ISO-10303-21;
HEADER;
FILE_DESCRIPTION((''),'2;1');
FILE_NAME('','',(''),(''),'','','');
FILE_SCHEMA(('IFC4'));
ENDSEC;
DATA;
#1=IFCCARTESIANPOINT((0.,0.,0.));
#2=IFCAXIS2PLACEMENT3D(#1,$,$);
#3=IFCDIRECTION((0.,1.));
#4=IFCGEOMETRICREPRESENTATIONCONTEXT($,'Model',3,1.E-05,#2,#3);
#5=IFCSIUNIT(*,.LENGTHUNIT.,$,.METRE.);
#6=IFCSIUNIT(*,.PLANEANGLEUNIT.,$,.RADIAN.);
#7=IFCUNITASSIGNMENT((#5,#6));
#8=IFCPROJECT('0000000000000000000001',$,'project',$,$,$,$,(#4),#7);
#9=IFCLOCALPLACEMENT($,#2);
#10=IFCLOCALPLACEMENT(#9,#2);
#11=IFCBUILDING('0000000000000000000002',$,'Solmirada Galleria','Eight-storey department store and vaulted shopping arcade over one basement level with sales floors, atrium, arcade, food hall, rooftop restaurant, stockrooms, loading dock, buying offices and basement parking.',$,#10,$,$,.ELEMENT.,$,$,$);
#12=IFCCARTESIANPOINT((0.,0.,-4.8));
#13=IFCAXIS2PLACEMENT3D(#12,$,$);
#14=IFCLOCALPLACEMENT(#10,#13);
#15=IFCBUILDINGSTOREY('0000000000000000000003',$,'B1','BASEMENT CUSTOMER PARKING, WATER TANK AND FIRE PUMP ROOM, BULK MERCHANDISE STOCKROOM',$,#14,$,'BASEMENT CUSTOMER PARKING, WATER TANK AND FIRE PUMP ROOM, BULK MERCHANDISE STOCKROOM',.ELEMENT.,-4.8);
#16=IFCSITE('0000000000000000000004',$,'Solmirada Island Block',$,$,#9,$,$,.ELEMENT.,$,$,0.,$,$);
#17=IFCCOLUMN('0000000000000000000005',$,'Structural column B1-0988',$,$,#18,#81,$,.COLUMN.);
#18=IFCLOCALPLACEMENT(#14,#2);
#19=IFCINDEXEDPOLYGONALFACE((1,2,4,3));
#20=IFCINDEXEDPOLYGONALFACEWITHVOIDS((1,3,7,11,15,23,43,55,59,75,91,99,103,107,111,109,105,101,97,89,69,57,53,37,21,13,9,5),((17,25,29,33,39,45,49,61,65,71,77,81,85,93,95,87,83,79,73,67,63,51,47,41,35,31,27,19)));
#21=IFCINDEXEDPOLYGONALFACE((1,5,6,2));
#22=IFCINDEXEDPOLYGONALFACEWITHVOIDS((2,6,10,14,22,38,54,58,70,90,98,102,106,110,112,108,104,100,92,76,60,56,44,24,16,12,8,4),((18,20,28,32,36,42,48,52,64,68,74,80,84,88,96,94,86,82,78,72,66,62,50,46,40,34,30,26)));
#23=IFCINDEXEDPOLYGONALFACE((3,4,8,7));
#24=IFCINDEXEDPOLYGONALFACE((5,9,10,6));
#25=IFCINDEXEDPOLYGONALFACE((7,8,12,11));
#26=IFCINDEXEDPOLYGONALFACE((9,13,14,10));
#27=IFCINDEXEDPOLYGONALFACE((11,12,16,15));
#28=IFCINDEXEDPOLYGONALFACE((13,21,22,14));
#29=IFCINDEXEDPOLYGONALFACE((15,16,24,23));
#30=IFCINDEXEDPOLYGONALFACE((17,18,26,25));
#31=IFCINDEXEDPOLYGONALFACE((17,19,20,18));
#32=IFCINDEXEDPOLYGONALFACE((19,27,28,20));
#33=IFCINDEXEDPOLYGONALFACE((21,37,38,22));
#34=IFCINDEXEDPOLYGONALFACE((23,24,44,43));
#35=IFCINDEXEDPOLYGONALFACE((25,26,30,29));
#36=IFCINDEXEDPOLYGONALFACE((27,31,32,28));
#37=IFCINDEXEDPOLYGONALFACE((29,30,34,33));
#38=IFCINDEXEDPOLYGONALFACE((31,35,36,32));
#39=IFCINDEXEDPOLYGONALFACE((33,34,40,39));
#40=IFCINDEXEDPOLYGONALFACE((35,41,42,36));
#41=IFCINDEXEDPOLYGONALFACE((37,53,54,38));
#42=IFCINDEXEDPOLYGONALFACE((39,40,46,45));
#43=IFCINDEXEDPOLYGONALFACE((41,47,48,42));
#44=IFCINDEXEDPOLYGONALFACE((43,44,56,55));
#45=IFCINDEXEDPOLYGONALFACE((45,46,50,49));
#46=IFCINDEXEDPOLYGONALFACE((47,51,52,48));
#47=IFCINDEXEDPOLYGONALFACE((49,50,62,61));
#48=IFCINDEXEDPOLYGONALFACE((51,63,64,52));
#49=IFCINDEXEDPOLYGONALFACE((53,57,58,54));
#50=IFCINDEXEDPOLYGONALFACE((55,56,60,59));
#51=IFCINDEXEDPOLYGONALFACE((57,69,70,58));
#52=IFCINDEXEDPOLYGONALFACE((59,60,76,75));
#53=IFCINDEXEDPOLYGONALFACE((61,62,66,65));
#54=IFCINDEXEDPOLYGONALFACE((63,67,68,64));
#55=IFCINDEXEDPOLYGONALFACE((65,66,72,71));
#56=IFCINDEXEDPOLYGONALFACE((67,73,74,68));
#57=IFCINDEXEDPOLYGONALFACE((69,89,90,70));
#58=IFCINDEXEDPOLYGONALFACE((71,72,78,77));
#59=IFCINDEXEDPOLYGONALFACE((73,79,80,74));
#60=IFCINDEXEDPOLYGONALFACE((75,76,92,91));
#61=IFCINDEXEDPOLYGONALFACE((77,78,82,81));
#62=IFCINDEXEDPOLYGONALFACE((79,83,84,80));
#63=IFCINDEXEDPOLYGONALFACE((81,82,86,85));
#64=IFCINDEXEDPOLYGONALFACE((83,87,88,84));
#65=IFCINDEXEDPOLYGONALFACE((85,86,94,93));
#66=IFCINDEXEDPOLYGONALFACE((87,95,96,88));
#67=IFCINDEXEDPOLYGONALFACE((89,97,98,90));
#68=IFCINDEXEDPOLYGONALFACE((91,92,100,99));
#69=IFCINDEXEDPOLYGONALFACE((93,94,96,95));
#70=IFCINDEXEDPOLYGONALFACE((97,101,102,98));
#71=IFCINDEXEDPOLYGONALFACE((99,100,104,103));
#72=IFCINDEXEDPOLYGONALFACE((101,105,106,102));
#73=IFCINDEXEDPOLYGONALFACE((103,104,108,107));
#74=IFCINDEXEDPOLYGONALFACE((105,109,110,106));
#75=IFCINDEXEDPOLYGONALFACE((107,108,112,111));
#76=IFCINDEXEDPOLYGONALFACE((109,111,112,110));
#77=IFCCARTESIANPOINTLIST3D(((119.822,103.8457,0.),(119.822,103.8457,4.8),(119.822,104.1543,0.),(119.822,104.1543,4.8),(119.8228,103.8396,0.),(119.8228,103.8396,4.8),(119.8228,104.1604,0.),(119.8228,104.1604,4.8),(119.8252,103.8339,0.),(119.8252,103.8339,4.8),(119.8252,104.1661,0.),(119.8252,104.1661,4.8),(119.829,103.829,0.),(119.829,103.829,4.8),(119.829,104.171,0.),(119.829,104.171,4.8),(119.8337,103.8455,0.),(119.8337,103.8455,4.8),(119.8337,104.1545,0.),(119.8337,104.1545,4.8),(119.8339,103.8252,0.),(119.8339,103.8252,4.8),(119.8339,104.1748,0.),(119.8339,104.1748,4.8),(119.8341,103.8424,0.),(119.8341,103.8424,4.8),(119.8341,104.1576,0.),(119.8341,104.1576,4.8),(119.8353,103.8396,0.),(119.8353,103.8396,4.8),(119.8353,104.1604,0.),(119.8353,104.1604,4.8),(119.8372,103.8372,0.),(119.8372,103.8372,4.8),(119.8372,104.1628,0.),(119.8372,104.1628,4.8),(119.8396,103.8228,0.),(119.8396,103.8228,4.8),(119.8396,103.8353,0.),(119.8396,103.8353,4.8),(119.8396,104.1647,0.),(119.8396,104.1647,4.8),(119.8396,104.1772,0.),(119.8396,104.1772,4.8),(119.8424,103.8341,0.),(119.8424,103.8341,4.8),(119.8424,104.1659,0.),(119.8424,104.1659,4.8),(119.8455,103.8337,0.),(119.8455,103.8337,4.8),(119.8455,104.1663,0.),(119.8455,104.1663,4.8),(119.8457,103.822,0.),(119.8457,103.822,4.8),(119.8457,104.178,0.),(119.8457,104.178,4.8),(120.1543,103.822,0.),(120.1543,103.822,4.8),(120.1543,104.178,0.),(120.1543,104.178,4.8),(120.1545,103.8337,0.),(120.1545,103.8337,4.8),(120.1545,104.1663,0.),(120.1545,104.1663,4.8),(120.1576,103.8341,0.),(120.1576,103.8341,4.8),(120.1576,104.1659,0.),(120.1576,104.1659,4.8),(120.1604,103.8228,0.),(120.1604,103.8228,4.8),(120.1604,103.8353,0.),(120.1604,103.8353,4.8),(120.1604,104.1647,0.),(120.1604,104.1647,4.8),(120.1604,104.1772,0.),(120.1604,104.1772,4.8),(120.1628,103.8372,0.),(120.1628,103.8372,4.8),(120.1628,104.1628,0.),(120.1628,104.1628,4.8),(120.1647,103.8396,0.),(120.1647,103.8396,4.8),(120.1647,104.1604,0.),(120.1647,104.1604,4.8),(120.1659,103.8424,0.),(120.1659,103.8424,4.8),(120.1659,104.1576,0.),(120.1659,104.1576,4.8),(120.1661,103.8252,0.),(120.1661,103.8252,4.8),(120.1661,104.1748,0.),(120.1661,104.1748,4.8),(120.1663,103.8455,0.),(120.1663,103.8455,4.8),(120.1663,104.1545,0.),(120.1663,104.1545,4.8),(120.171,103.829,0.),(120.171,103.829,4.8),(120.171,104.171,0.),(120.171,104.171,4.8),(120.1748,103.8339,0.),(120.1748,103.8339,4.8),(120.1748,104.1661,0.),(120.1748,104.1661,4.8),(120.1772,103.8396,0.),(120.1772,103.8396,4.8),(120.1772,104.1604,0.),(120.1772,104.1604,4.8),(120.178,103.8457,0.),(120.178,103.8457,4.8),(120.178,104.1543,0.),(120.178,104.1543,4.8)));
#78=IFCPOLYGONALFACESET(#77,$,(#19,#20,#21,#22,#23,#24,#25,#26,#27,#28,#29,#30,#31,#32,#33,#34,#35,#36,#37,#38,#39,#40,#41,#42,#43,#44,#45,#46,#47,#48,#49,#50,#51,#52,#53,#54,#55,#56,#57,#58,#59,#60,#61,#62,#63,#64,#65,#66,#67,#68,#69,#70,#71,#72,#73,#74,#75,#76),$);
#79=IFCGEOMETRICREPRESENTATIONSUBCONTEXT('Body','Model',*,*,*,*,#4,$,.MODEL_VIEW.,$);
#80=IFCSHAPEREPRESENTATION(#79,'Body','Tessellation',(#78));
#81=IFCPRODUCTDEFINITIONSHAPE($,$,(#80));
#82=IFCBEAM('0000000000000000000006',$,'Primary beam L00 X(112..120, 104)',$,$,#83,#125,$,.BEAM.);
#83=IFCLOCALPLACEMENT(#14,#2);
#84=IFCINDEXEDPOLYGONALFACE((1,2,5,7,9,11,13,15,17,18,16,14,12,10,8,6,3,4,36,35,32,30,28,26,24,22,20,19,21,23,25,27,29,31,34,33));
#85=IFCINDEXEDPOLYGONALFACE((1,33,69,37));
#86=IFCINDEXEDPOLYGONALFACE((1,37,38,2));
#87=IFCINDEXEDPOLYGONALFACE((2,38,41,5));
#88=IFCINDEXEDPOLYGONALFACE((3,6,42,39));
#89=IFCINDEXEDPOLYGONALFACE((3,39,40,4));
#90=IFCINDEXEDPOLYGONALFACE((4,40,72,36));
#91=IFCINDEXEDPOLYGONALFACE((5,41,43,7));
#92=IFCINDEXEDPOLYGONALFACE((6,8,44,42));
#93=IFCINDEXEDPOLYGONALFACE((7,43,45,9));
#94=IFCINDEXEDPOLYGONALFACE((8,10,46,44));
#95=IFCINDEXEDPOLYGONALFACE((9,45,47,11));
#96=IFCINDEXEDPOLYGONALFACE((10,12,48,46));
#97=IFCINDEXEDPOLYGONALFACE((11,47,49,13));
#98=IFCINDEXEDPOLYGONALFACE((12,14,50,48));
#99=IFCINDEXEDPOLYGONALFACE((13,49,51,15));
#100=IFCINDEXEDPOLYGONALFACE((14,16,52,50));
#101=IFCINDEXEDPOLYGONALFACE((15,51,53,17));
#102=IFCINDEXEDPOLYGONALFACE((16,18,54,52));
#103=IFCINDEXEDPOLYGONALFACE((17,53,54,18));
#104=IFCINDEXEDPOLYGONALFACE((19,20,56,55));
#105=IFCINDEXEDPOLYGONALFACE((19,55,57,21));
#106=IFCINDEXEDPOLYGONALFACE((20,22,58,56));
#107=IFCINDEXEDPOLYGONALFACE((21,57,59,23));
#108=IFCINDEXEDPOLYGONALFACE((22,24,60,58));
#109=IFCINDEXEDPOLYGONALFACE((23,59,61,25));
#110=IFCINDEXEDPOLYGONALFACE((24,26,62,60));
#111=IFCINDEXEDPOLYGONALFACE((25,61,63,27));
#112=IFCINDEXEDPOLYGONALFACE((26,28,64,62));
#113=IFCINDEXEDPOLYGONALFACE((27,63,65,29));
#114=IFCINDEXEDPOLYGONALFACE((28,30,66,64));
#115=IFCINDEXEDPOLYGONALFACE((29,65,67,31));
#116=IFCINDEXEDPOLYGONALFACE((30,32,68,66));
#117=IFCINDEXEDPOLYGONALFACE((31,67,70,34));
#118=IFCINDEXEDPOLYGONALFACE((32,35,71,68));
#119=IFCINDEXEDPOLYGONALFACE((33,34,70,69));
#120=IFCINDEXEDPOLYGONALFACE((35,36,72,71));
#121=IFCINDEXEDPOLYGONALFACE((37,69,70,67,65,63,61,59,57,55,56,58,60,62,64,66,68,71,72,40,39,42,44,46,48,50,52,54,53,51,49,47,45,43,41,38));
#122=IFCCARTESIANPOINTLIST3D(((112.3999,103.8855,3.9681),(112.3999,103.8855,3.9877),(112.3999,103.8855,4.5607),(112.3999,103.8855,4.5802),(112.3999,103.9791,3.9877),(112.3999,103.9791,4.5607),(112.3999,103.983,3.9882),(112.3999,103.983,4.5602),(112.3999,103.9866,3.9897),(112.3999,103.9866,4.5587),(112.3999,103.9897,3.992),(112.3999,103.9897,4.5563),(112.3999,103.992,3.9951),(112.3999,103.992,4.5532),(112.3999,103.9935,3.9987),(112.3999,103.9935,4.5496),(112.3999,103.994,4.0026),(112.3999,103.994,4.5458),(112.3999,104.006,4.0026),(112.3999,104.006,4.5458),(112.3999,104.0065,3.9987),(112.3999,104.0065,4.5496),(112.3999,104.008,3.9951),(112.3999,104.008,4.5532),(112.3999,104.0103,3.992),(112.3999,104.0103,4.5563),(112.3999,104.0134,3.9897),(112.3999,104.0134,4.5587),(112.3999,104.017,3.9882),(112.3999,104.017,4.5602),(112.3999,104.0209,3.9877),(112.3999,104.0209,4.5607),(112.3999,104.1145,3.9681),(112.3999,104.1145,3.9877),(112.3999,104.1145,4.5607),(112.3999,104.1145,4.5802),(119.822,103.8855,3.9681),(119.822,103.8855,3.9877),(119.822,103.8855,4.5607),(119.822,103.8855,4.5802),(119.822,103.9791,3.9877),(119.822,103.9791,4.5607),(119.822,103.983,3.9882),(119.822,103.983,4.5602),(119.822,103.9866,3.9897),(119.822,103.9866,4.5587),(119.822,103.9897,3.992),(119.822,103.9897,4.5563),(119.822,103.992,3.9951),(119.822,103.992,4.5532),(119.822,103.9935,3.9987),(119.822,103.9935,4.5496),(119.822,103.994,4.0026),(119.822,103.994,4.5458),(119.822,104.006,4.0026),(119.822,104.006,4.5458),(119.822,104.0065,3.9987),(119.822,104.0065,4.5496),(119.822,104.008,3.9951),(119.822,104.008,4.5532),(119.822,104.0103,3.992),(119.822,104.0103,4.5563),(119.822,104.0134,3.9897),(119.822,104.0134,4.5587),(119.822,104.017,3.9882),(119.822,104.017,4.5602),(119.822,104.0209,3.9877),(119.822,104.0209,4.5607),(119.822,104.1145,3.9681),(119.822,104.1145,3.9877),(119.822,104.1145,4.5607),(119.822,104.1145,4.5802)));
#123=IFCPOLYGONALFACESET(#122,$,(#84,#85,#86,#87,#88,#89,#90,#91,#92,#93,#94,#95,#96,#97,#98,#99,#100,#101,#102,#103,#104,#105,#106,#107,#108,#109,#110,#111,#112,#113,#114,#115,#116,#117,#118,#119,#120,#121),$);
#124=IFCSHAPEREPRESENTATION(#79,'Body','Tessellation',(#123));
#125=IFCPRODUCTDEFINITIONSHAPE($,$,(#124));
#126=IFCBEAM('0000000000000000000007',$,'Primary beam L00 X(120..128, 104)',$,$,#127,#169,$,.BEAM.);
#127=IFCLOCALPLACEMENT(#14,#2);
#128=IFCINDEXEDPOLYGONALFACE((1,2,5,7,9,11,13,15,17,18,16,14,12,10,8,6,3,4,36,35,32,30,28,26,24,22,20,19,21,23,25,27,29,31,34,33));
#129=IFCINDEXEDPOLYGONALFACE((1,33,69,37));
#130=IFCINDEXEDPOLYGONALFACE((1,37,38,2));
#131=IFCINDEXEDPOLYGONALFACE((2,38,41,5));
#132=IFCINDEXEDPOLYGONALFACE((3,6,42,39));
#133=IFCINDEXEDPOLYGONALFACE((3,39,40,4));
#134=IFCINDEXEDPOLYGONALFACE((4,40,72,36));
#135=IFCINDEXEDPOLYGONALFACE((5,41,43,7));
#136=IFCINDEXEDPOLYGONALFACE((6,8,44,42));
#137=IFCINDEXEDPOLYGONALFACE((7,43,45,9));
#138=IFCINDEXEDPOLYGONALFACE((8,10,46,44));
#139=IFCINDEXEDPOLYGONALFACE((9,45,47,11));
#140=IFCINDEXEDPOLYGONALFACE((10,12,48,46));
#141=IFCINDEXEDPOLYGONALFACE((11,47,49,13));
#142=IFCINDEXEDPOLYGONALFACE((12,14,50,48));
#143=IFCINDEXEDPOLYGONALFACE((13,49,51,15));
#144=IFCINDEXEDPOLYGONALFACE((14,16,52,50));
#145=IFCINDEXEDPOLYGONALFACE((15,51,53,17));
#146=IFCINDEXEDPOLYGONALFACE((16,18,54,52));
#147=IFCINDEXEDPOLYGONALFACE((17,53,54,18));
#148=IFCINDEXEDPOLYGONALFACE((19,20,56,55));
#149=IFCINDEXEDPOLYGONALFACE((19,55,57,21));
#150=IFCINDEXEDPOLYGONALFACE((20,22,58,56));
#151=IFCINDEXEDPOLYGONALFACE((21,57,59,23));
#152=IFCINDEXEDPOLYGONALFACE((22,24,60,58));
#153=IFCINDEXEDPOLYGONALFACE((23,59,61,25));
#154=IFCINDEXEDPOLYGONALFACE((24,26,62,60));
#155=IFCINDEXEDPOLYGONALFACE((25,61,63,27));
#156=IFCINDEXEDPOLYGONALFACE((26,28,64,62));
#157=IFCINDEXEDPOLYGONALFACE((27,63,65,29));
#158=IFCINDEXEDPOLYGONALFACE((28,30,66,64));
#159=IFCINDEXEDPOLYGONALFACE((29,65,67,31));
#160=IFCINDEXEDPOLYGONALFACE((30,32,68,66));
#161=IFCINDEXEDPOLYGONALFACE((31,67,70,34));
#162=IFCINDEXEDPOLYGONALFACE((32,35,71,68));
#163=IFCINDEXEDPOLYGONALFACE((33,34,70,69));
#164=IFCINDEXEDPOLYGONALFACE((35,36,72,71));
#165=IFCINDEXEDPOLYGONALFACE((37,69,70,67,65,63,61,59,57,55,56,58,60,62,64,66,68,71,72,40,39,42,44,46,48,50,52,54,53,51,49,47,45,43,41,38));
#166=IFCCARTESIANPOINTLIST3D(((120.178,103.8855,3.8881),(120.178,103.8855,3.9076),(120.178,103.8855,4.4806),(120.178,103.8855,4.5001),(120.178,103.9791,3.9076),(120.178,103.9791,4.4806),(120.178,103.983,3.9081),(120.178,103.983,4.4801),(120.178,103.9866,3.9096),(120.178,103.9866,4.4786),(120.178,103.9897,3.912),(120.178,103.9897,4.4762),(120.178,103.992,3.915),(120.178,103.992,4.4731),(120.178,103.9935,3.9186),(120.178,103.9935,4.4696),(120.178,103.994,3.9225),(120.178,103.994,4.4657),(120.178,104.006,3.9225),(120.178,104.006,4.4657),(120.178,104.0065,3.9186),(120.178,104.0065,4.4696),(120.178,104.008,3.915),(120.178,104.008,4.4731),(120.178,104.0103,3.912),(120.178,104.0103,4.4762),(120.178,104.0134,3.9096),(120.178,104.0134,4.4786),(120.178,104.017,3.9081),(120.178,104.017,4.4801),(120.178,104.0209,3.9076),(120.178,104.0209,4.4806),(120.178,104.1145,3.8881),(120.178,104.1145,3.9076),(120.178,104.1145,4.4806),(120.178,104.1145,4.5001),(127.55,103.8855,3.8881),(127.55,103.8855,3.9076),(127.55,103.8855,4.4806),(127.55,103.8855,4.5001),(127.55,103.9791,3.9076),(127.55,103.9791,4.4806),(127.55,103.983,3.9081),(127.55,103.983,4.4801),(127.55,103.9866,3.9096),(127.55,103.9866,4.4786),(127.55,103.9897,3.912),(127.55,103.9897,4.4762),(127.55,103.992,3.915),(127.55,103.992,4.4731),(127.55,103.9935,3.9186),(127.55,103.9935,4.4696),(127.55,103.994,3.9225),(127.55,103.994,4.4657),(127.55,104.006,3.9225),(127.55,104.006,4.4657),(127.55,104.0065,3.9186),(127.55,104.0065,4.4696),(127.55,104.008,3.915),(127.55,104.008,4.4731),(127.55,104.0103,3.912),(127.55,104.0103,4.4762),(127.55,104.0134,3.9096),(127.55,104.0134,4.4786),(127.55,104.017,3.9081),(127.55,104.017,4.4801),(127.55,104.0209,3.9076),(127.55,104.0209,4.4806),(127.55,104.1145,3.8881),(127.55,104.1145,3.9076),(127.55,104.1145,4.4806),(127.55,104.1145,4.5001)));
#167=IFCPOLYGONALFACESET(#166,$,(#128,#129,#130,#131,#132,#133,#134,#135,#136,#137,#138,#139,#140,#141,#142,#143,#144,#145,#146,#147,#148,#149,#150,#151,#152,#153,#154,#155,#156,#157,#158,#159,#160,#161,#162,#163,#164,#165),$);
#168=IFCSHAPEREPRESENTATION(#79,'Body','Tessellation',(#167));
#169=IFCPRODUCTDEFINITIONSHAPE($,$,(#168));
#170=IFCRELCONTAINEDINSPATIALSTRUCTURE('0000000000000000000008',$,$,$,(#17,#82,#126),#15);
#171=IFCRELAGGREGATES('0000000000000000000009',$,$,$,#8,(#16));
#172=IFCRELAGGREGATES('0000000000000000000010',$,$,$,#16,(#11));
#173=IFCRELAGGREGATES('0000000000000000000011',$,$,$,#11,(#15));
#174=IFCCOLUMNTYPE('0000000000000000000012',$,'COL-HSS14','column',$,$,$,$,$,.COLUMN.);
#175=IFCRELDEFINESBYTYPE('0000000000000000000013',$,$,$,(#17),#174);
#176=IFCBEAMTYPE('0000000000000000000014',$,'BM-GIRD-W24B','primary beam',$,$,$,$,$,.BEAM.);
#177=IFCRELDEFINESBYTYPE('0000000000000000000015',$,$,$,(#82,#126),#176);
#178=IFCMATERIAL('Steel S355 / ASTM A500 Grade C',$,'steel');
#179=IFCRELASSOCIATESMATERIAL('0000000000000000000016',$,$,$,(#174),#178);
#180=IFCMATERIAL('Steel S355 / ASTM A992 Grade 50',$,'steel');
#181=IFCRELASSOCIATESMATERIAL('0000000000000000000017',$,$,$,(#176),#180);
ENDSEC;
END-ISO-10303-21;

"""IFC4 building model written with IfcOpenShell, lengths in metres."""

from ifc_helpers import new_model, si_unit, direction, frame, origin, origin_2d, place, context, subcontext, project, spatial, hollow_rectangle, i_section, extrude, material, material_profile, profile_set, type_object, element, save


model = new_model("IFC4")

# Units and contexts
model_context = context("Model", 3, precision=1e-05, world=origin(), true_north=direction((0.0, 1.0)))
body_context = subcontext(model_context, "Body", "Model", "MODEL_VIEW")
ifc_project = project(units=[si_unit("LENGTHUNIT", "METRE"), si_unit("PLANEANGLEUNIT", "RADIAN")], contexts=[model_context])

# Site, building, storey
site_placement = place(None, origin())
site = spatial("IfcSite", under=ifc_project, at=site_placement, Name="Solmirada Island Block", CompositionType="ELEMENT", RefElevation=0.0)
building_placement = place(site_placement, origin())
building = spatial("IfcBuilding", under=site, at=building_placement, Name="Solmirada Galleria", Description="Eight-storey department store and vaulted shopping arcade over one basement level with sales floors, atrium, arcade, food hall, rooftop restaurant, stockrooms, loading dock, buying offices and basement parking.", CompositionType="ELEMENT")
storey_placement = place(building_placement, frame((0.0, 0.0, -4.8)))
storey = spatial("IfcBuildingStorey", under=building, at=storey_placement, Name="B1", Description="BASEMENT CUSTOMER PARKING, WATER TANK AND FIRE PUMP ROOM, BULK MERCHANDISE STOCKROOM", LongName="BASEMENT CUSTOMER PARKING, WATER TANK AND FIRE PUMP ROOM, BULK MERCHANDISE STOCKROOM", CompositionType="ELEMENT", Elevation=-4.8)

# Column
ifc_material_1 = material(Name="Steel S355 / ASTM A500 Grade C", Category="steel")
ifc_material_profile_1 = material_profile(ifc_material_1, hollow_rectangle(XDim=0.356, YDim=0.356, WallThickness=0.0117, InnerFilletRadius=0.0117, OuterFilletRadius=0.0237, at=origin_2d()), Name="HSS14X14X1/2")
ifc_profile_set_1 = profile_set([ifc_material_profile_1], Name="Steel S355 / ASTM A500 Grade C")
column_type = type_object("IfcColumnType", Name="COL-HSS14", Description="column", PredefinedType="COLUMN", material=ifc_profile_set_1)
column_placement = place(storey_placement, frame((120.0, 104.0, 0.0), z_axis=(0.0, 0.0, 1.0), x_axis=(1.0, 0.0, 0.0)))
element("IfcColumn", 1, at=column_placement, inside=storey, type_object=column_type, Name="Structural column B1-0988", PredefinedType="COLUMN", context=body_context, shape_type="SweptSolid", body=[
    extrude(hollow_rectangle(XDim=0.356, YDim=0.356, WallThickness=0.0117, InnerFilletRadius=0.0117, OuterFilletRadius=0.0237, at=origin_2d()), origin(), (0.0, 0.0, 1.0), 4.8),
])

# Beams
ifc_material_2 = material(Name="Steel S355 / ASTM A992 Grade 50", Category="steel")
ifc_material_profile_2 = material_profile(ifc_material_2, i_section(OverallWidth=0.229, OverallDepth=0.6121, WebThickness=0.012, FlangeThickness=0.0195, FilletRadius=0.0149, at=origin_2d()), Name="W24X84")
ifc_profile_set_2 = profile_set([ifc_material_profile_2], Name="Steel S355 / ASTM A992 Grade 50")
beam_type_1 = type_object("IfcBeamType", Name="BM-GIRD-W24B", Description="primary beam", PredefinedType="BEAM", material=ifc_profile_set_2)
beam_1_placement = place(storey_placement, frame((112.3999, 104.0, 4.2742), z_axis=(1.0, 0.0, 0.0), x_axis=(0.0, 1.0, 0.0)))
element("IfcBeam", 2, at=beam_1_placement, inside=storey, type_object=beam_type_1, Name="Primary beam L00 X(112..120, 104)", PredefinedType="BEAM", context=body_context, shape_type="SweptSolid", body=[
    extrude(i_section(OverallWidth=0.229, OverallDepth=0.6121, WebThickness=0.012, FlangeThickness=0.0195, FilletRadius=0.0149, at=origin_2d()), origin(), (0.0, 0.0, 1.0), 7.4221),
])
beam_2_placement = place(storey_placement, frame((120.178, 104.0, 4.1941), z_axis=(1.0, 0.0, 0.0), x_axis=(0.0, 1.0, 0.0)))
element("IfcBeam", 3, at=beam_2_placement, inside=storey, type_object=beam_type_1, Name="Primary beam L00 X(120..128, 104)", PredefinedType="BEAM", context=body_context, shape_type="SweptSolid", body=[
    extrude(i_section(OverallWidth=0.229, OverallDepth=0.6121, WebThickness=0.012, FlangeThickness=0.0195, FilletRadius=0.0149, at=origin_2d()), origin(), (0.0, 0.0, 1.0), 7.3721),
])

save(model, "model.ifc")
